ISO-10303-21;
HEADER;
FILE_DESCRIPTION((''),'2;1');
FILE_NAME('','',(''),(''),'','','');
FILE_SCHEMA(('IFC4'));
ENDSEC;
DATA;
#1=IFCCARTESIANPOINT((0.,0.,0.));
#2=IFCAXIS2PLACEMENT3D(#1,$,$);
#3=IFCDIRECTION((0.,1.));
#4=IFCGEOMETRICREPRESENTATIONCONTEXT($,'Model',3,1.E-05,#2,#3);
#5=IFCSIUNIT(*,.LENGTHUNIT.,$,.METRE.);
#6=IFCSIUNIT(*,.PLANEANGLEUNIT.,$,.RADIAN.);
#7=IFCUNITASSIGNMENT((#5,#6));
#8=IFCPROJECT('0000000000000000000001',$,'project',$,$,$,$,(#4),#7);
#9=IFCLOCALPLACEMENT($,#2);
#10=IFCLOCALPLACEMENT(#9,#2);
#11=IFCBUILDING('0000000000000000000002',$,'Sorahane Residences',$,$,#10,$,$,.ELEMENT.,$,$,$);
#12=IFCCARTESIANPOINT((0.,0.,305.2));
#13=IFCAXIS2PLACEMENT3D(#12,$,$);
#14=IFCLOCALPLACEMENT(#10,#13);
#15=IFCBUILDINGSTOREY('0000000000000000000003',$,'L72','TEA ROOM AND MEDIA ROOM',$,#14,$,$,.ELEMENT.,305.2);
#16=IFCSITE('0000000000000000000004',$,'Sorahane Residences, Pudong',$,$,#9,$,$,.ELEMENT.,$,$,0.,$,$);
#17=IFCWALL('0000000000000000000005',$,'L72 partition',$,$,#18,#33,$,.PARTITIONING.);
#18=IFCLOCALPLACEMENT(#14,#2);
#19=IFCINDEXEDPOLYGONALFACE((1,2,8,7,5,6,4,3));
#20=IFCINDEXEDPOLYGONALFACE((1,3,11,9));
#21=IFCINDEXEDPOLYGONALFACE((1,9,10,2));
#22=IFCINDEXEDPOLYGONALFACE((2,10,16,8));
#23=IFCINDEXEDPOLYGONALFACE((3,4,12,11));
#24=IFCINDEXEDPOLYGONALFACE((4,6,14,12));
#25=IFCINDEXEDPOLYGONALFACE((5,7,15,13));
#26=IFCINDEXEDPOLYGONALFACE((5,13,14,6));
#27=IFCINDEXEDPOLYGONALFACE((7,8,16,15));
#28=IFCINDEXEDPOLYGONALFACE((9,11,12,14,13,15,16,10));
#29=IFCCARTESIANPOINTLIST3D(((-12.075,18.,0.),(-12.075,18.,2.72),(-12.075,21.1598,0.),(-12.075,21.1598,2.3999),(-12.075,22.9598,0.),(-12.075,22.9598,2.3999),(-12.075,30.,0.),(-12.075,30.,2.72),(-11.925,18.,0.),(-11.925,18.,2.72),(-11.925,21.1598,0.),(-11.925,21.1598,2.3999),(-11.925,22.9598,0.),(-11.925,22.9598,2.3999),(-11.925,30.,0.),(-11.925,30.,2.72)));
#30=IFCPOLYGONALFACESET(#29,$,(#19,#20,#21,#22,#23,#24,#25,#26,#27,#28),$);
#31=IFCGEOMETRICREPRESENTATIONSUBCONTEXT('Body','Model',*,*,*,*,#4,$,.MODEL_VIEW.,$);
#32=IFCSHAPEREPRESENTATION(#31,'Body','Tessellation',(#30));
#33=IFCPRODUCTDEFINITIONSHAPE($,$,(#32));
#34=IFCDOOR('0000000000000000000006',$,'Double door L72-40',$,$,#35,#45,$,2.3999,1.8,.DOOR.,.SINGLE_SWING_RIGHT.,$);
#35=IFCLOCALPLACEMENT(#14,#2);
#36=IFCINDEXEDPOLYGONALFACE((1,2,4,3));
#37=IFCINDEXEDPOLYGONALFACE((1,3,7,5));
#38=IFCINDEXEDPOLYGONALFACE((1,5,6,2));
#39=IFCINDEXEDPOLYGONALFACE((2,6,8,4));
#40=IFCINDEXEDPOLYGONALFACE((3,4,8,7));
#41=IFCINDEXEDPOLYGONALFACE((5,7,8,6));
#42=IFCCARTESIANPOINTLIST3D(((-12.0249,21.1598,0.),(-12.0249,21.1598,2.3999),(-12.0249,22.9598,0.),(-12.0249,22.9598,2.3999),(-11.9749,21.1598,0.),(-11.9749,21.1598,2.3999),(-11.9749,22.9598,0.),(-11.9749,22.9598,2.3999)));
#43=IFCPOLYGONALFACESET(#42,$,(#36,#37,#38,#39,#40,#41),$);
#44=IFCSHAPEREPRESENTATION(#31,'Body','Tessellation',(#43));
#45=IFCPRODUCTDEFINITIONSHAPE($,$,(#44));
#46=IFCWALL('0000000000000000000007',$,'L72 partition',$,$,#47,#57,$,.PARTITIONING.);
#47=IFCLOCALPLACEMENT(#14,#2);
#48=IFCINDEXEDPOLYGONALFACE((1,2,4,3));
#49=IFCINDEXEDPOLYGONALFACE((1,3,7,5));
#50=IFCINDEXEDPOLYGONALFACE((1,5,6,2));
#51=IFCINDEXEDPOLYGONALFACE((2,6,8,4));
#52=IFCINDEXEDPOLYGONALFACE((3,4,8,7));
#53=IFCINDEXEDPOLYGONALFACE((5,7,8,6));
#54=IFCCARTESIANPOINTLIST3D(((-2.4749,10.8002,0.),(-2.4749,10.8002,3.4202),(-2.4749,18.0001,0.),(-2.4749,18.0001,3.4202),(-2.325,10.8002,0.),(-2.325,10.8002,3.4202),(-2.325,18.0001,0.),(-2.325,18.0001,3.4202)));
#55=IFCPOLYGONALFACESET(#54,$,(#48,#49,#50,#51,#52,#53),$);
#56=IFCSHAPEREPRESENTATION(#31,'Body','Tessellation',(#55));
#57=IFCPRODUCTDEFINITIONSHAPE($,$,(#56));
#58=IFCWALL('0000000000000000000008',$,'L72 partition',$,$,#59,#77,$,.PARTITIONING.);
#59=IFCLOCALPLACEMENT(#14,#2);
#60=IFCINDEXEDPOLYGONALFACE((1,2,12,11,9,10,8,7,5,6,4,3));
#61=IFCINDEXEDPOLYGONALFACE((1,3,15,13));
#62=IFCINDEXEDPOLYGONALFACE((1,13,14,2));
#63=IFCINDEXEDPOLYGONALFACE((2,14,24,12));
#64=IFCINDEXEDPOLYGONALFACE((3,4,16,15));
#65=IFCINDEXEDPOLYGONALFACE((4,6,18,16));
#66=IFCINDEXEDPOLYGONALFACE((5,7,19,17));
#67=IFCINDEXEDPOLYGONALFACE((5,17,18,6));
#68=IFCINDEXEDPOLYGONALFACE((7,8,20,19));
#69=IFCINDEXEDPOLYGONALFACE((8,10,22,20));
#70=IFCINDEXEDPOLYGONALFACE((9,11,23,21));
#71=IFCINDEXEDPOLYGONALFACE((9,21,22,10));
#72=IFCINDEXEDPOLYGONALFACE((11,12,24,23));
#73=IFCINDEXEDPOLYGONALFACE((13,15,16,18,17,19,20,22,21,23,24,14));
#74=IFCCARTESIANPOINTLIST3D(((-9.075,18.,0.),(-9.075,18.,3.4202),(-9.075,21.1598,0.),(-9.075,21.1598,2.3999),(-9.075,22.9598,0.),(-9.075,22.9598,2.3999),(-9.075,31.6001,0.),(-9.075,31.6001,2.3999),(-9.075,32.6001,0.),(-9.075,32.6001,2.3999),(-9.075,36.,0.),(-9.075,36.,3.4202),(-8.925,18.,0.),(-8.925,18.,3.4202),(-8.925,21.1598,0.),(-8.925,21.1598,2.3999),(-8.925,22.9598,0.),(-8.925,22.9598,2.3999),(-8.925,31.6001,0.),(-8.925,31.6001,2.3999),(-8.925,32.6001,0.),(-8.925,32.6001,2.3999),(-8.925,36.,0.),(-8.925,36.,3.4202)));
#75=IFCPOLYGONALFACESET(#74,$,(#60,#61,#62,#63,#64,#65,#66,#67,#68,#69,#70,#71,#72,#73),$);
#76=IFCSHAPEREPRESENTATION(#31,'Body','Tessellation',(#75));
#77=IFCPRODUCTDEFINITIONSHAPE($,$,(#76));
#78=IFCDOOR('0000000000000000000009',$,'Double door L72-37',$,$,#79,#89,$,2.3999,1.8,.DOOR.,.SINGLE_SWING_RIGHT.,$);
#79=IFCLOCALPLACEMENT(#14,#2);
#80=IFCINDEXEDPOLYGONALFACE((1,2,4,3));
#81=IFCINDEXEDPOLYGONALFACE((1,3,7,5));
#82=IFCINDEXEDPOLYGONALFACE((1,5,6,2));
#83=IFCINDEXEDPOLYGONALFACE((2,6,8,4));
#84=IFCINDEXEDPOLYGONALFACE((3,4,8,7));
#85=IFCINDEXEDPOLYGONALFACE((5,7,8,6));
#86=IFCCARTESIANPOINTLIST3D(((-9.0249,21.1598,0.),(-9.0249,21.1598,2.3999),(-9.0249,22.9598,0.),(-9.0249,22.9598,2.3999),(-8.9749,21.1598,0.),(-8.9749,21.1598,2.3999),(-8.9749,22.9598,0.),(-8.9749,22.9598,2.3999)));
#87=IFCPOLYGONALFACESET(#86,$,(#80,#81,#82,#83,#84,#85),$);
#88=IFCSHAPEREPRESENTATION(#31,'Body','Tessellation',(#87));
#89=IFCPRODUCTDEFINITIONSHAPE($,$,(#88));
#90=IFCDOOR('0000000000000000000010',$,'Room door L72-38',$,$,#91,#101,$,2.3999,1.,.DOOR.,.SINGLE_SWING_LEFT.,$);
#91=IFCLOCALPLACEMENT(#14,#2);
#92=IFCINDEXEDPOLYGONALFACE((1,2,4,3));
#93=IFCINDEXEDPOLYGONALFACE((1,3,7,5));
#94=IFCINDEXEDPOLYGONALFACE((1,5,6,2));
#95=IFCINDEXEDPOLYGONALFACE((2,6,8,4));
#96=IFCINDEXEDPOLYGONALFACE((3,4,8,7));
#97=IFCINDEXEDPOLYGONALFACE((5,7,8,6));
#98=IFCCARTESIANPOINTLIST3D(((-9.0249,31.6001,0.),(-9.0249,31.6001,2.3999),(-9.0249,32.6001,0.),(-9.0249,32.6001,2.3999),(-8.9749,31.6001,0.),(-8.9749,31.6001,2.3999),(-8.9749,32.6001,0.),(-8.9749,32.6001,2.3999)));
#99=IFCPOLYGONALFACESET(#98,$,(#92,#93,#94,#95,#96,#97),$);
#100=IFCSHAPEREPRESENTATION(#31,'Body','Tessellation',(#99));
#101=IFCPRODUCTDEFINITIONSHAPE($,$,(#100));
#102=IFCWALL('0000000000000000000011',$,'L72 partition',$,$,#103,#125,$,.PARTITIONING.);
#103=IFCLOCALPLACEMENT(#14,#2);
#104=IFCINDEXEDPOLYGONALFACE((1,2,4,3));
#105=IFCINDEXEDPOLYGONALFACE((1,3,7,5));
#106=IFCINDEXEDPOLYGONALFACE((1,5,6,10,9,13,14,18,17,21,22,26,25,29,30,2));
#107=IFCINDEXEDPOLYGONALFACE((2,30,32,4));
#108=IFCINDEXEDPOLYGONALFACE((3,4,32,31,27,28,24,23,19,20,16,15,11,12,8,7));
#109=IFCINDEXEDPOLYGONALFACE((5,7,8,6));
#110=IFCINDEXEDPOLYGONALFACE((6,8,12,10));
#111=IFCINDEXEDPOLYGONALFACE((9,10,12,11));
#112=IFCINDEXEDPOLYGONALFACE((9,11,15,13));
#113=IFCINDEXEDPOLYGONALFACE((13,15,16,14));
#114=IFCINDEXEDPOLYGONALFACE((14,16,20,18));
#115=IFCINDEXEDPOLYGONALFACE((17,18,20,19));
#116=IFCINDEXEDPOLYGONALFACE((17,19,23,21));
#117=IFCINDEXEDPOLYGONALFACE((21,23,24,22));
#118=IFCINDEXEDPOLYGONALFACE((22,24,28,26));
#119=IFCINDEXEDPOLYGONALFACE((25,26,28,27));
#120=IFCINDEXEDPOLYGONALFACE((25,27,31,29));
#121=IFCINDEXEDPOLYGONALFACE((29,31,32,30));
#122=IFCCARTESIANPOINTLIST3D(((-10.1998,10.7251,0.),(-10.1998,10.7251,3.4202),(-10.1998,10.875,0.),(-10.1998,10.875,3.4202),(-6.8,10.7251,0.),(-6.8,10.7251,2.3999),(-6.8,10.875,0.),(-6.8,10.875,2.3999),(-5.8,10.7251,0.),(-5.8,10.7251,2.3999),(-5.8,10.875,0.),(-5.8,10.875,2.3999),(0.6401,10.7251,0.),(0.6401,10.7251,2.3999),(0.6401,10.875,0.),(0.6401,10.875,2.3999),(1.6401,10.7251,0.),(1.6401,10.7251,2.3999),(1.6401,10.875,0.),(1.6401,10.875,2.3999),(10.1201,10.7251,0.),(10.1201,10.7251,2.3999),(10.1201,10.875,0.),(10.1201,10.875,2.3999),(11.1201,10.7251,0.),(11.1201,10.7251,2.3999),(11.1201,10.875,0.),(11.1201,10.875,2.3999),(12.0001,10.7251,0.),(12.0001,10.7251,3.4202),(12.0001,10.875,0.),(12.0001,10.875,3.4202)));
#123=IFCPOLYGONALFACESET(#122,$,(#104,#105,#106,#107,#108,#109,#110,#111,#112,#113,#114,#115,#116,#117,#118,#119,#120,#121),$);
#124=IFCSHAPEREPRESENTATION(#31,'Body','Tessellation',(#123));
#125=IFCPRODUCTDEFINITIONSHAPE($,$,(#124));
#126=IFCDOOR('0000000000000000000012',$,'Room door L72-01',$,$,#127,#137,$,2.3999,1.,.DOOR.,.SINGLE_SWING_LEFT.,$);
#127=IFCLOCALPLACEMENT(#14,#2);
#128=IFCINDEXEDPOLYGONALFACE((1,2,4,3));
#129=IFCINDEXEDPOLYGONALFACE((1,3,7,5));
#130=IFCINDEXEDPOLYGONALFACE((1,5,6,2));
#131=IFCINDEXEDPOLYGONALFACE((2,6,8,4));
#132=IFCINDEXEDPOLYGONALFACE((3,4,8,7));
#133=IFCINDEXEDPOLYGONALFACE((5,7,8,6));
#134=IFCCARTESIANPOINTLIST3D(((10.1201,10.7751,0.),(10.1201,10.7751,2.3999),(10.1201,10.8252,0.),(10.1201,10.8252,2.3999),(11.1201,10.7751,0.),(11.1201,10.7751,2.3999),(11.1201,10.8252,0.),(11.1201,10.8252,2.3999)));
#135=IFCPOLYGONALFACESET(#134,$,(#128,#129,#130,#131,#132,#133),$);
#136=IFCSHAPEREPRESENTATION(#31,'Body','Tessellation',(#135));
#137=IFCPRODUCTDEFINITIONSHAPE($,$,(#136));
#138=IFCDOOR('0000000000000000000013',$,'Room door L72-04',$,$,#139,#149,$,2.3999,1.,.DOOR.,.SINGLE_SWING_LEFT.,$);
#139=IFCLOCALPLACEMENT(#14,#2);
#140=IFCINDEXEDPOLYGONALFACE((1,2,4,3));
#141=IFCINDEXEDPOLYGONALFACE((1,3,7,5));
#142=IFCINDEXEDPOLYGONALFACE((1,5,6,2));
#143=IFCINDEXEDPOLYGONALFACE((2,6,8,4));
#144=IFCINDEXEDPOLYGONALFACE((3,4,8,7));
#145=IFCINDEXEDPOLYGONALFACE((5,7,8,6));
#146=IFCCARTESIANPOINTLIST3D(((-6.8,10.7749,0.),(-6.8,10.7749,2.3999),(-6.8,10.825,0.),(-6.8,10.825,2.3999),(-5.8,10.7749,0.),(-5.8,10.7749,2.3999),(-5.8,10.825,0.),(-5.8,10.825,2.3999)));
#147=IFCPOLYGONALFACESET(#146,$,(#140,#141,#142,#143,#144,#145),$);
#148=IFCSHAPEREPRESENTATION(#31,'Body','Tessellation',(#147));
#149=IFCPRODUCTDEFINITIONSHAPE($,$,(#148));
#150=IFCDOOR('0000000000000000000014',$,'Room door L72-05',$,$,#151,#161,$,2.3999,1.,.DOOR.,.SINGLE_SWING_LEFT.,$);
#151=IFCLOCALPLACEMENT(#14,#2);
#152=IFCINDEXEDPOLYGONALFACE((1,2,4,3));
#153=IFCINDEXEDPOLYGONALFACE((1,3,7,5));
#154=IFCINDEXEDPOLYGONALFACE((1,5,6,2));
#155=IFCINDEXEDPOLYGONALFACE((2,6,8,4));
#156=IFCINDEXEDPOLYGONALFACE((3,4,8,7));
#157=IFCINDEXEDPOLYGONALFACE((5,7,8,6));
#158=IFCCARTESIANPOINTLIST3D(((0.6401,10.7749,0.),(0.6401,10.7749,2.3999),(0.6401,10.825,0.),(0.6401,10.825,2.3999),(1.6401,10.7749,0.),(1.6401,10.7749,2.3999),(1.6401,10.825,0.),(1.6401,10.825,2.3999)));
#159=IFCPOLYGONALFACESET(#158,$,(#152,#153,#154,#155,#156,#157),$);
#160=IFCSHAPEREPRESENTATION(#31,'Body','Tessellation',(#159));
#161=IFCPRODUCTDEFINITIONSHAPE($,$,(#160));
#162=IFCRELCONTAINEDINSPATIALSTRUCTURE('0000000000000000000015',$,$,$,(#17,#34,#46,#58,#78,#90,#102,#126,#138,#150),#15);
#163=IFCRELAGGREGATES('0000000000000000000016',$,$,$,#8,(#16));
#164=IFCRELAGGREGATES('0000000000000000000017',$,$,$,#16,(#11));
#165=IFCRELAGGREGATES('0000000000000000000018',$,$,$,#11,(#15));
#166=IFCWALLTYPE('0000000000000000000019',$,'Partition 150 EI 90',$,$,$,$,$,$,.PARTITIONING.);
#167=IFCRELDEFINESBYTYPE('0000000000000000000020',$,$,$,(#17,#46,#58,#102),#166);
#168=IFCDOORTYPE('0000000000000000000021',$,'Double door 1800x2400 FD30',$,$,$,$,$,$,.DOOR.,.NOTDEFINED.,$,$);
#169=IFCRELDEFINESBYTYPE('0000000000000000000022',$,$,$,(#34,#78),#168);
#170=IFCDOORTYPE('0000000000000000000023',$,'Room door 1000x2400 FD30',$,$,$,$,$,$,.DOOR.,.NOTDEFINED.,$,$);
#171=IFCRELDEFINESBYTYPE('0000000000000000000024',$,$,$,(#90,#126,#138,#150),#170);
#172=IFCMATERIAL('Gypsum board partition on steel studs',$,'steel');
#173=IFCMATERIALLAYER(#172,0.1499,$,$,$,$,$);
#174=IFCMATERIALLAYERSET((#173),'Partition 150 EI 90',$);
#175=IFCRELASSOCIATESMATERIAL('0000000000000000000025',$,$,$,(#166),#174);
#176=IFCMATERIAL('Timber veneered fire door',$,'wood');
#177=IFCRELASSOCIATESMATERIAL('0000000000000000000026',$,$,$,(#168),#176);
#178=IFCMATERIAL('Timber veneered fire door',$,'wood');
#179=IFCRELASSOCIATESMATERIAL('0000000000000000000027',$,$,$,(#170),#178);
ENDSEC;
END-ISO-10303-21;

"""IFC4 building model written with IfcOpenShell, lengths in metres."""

from ifc_helpers import new_model, si_unit, direction, frame, frame_2d, origin, place, context, subcontext, project, spatial, rectangle, extrude, material, layer, layer_set, type_object, element, fill, save


model = new_model("IFC4")

# Units and contexts
model_context = context("Model", 3, precision=1e-05, world=origin(), true_north=direction((0.0, 1.0)))
body_context = subcontext(model_context, "Body", "Model", "MODEL_VIEW")
ifc_project = project(units=[si_unit("LENGTHUNIT", "METRE"), si_unit("PLANEANGLEUNIT", "RADIAN")], contexts=[model_context])

# Site, building, storey
site_placement = place(None, origin())
site = spatial("IfcSite", under=ifc_project, at=site_placement, Name="Sorahane Residences, Pudong", CompositionType="ELEMENT", RefElevation=0.0)
building_placement = place(site_placement, origin())
building = spatial("IfcBuilding", under=site, at=building_placement, Name="Sorahane Residences", CompositionType="ELEMENT")
storey_placement = place(building_placement, frame((0.0, 0.0, 305.2)))
storey = spatial("IfcBuildingStorey", under=building, at=storey_placement, Name="L72", Description="TEA ROOM AND MEDIA ROOM", CompositionType="ELEMENT", Elevation=305.2)

# Wall, opening, door
ifc_material_1 = material(Name="Gypsum board partition on steel studs", Category="steel")
ifc_layer_1 = layer(ifc_material_1, 0.1499)
ifc_layer_set_1 = layer_set([ifc_layer_1], Name="Partition 150 EI 90")
wall_type_1 = type_object("IfcWallType", Name="Partition 150 EI 90", PredefinedType="PARTITIONING", material=ifc_layer_set_1)
wall_1_placement = place(storey_placement, frame((-12.0, 18.0, 0.0), z_axis=(0.0, 0.0, 1.0), x_axis=(0.0, 1.0, 0.0)))
wall_1 = element("IfcWall", 1, at=wall_1_placement, inside=storey, type_object=wall_type_1, Name="L72 partition", PredefinedType="PARTITIONING", context=body_context, shape_type="SweptSolid", body=[
    extrude(rectangle(XDim=12.0, YDim=0.1499, at=frame_2d((6.0, 0.0))), origin(), (0.0, 0.0, 1.0), 2.72),
])
opening_1_placement = place(wall_1_placement, frame((3.1599, 0.0, 0.0)))
opening_1 = element("IfcOpeningElement", 2, at=opening_1_placement, cuts=wall_1, PredefinedType="OPENING", context=body_context, shape_type="SweptSolid", body=[
    extrude(rectangle(XDim=1.8, YDim=2.3999, at=frame_2d((0.8999, 1.2))), frame((0.0, 0.085, 0.0), z_axis=(0.0, -1.0, 0.0), x_axis=(1.0, 0.0, 0.0)), (0.0, 0.0, 1.0), 0.1699),
])
ifc_material_2 = material(Name="Timber veneered fire door", Category="wood")
door_type_1 = type_object("IfcDoorType", Name="Double door 1800x2400 FD30", OperationType="NOTDEFINED", PredefinedType="DOOR", material=ifc_material_2)
door_1_placement = place(opening_1_placement, origin())
door_1 = element("IfcDoor", 3, at=door_1_placement, inside=storey, type_object=door_type_1, Name="Double door L72-40", OperationType="SINGLE_SWING_RIGHT", OverallHeight=2.3999, OverallWidth=1.8, PredefinedType="DOOR", context=body_context, shape_type="SweptSolid", body=[
    extrude(rectangle(XDim=1.8, YDim=2.3999, at=frame_2d((0.8999, 1.2))), frame((0.0, 0.0249, 0.0), z_axis=(0.0, -1.0, 0.0), x_axis=(1.0, 0.0, 0.0)), (0.0, 0.0, 1.0), 0.05),
])
fill(opening_1, door_1)

# Wall
wall_2_placement = place(storey_placement, frame((-2.3999, 10.8, 0.0), z_axis=(0.0, 0.0, 1.0), x_axis=(0.0, 1.0, 0.0)))
element("IfcWall", 4, at=wall_2_placement, inside=storey, type_object=wall_type_1, Name="L72 partition", PredefinedType="PARTITIONING", context=body_context, shape_type="SweptSolid", body=[
    extrude(rectangle(XDim=7.2, YDim=0.1499, at=frame_2d((3.6001, 0.0))), origin(), (0.0, 0.0, 1.0), 3.4202),
])

# Walls, openings, doors
wall_3_placement = place(storey_placement, frame((-9.0, 18.0, 0.0), z_axis=(0.0, 0.0, 1.0), x_axis=(0.0, 1.0, 0.0)))
wall_3 = element("IfcWall", 5, at=wall_3_placement, inside=storey, type_object=wall_type_1, Name="L72 partition", PredefinedType="PARTITIONING", context=body_context, shape_type="SweptSolid", body=[
    extrude(rectangle(XDim=18.0, YDim=0.1499, at=frame_2d((9.0, 0.0))), origin(), (0.0, 0.0, 1.0), 3.4202),
])
opening_2_placement = place(wall_3_placement, frame((3.1599, 0.0, 0.0)))
opening_2 = element("IfcOpeningElement", 6, at=opening_2_placement, cuts=wall_3, PredefinedType="OPENING", context=body_context, shape_type="SweptSolid", body=[
    extrude(rectangle(XDim=1.8, YDim=2.3999, at=frame_2d((0.8999, 1.2))), frame((0.0, 0.085, 0.0), z_axis=(0.0, -1.0, 0.0), x_axis=(1.0, 0.0, 0.0)), (0.0, 0.0, 1.0), 0.1699),
])
opening_3_placement = place(wall_3_placement, frame((13.6001, 0.0, 0.0)))
opening_3 = element("IfcOpeningElement", 7, at=opening_3_placement, cuts=wall_3, PredefinedType="OPENING", context=body_context, shape_type="SweptSolid", body=[
    extrude(rectangle(XDim=1.0, YDim=2.3999, at=frame_2d((0.5, 1.2))), frame((0.0, 0.085, 0.0), z_axis=(0.0, -1.0, 0.0), x_axis=(1.0, 0.0, 0.0)), (0.0, 0.0, 1.0), 0.1699),
])
door_2_placement = place(opening_2_placement, origin())
door_2 = element("IfcDoor", 8, at=door_2_placement, inside=storey, type_object=door_type_1, Name="Double door L72-37", OperationType="SINGLE_SWING_RIGHT", OverallHeight=2.3999, OverallWidth=1.8, PredefinedType="DOOR", context=body_context, shape_type="SweptSolid", body=[
    extrude(rectangle(XDim=1.8, YDim=2.3999, at=frame_2d((0.8999, 1.2))), frame((0.0, 0.0249, 0.0), z_axis=(0.0, -1.0, 0.0), x_axis=(1.0, 0.0, 0.0)), (0.0, 0.0, 1.0), 0.05),
])
fill(opening_2, door_2)
ifc_material_3 = material(Name="Timber veneered fire door", Category="wood")
door_type_2 = type_object("IfcDoorType", Name="Room door 1000x2400 FD30", OperationType="NOTDEFINED", PredefinedType="DOOR", material=ifc_material_3)
door_3_placement = place(opening_3_placement, origin())
door_3 = element("IfcDoor", 9, at=door_3_placement, inside=storey, type_object=door_type_2, Name="Room door L72-38", OperationType="SINGLE_SWING_LEFT", OverallHeight=2.3999, OverallWidth=1.0, PredefinedType="DOOR", context=body_context, shape_type="SweptSolid", body=[
    extrude(rectangle(XDim=1.0, YDim=2.3999, at=frame_2d((0.5, 1.2))), frame((0.0, 0.0249, 0.0), z_axis=(0.0, -1.0, 0.0), x_axis=(1.0, 0.0, 0.0)), (0.0, 0.0, 1.0), 0.05),
])
fill(opening_3, door_3)
wall_4_placement = place(storey_placement, frame((-10.2, 10.8, 0.0), z_axis=(0.0, 0.0, 1.0), x_axis=(1.0, 0.0, 0.0)))
wall_4 = element("IfcWall", 10, at=wall_4_placement, inside=storey, type_object=wall_type_1, Name="L72 partition", PredefinedType="PARTITIONING", context=body_context, shape_type="SweptSolid", body=[
    extrude(rectangle(XDim=22.2, YDim=0.1499, at=frame_2d((11.1001, 0.0))), origin(), (0.0, 0.0, 1.0), 3.4202),
])
opening_4_placement = place(wall_4_placement, frame((20.3201, 0.0, 0.0)))
opening_4 = element("IfcOpeningElement", 11, at=opening_4_placement, cuts=wall_4, PredefinedType="OPENING", context=body_context, shape_type="SweptSolid", body=[
    extrude(rectangle(XDim=1.0, YDim=2.3999, at=frame_2d((0.5, 1.2))), frame((0.0, 0.085, 0.0), z_axis=(0.0, -1.0, 0.0), x_axis=(1.0, 0.0, 0.0)), (0.0, 0.0, 1.0), 0.1699),
])
opening_5_placement = place(wall_4_placement, frame((3.3999, 0.0, 0.0)))
opening_5 = element("IfcOpeningElement", 12, at=opening_5_placement, cuts=wall_4, PredefinedType="OPENING", context=body_context, shape_type="SweptSolid", body=[
    extrude(rectangle(XDim=1.0, YDim=2.3999, at=frame_2d((0.5, 1.2))), frame((0.0, 0.085, 0.0), z_axis=(0.0, -1.0, 0.0), x_axis=(1.0, 0.0, 0.0)), (0.0, 0.0, 1.0), 0.1699),
])
opening_6_placement = place(wall_4_placement, frame((10.8401, 0.0, 0.0)))
opening_6 = element("IfcOpeningElement", 13, at=opening_6_placement, cuts=wall_4, PredefinedType="OPENING", context=body_context, shape_type="SweptSolid", body=[
    extrude(rectangle(XDim=1.0, YDim=2.3999, at=frame_2d((0.5, 1.2))), frame((0.0, 0.085, 0.0), z_axis=(0.0, -1.0, 0.0), x_axis=(1.0, 0.0, 0.0)), (0.0, 0.0, 1.0), 0.1699),
])
door_4_placement = place(opening_4_placement, frame((1.0, 0.0, 0.0), z_axis=(0.0, 0.0, 1.0), x_axis=(-1.0, 0.0, 0.0)))
door_4 = element("IfcDoor", 14, at=door_4_placement, inside=storey, type_object=door_type_2, Name="Room door L72-01", OperationType="SINGLE_SWING_LEFT", OverallHeight=2.3999, OverallWidth=1.0, PredefinedType="DOOR", context=body_context, shape_type="SweptSolid", body=[
    extrude(rectangle(XDim=1.0, YDim=2.3999, at=frame_2d((0.5, 1.2))), frame((0.0, 0.0249, 0.0), z_axis=(0.0, -1.0, 0.0), x_axis=(1.0, 0.0, 0.0)), (0.0, 0.0, 1.0), 0.05),
])
fill(opening_4, door_4)
door_5_placement = place(opening_5_placement, origin())
door_5 = element("IfcDoor", 15, at=door_5_placement, inside=storey, type_object=door_type_2, Name="Room door L72-04", OperationType="SINGLE_SWING_LEFT", OverallHeight=2.3999, OverallWidth=1.0, PredefinedType="DOOR", context=body_context, shape_type="SweptSolid", body=[
    extrude(rectangle(XDim=1.0, YDim=2.3999, at=frame_2d((0.5, 1.2))), frame((0.0, 0.0249, 0.0), z_axis=(0.0, -1.0, 0.0), x_axis=(1.0, 0.0, 0.0)), (0.0, 0.0, 1.0), 0.05),
])
fill(opening_5, door_5)
door_6_placement = place(opening_6_placement, origin())
door_6 = element("IfcDoor", 16, at=door_6_placement, inside=storey, type_object=door_type_2, Name="Room door L72-05", OperationType="SINGLE_SWING_LEFT", OverallHeight=2.3999, OverallWidth=1.0, PredefinedType="DOOR", context=body_context, shape_type="SweptSolid", body=[
    extrude(rectangle(XDim=1.0, YDim=2.3999, at=frame_2d((0.5, 1.2))), frame((0.0, 0.0249, 0.0), z_axis=(0.0, -1.0, 0.0), x_axis=(1.0, 0.0, 0.0)), (0.0, 0.0, 1.0), 0.05),
])
fill(opening_6, door_6)

save(model, "model.ifc")
